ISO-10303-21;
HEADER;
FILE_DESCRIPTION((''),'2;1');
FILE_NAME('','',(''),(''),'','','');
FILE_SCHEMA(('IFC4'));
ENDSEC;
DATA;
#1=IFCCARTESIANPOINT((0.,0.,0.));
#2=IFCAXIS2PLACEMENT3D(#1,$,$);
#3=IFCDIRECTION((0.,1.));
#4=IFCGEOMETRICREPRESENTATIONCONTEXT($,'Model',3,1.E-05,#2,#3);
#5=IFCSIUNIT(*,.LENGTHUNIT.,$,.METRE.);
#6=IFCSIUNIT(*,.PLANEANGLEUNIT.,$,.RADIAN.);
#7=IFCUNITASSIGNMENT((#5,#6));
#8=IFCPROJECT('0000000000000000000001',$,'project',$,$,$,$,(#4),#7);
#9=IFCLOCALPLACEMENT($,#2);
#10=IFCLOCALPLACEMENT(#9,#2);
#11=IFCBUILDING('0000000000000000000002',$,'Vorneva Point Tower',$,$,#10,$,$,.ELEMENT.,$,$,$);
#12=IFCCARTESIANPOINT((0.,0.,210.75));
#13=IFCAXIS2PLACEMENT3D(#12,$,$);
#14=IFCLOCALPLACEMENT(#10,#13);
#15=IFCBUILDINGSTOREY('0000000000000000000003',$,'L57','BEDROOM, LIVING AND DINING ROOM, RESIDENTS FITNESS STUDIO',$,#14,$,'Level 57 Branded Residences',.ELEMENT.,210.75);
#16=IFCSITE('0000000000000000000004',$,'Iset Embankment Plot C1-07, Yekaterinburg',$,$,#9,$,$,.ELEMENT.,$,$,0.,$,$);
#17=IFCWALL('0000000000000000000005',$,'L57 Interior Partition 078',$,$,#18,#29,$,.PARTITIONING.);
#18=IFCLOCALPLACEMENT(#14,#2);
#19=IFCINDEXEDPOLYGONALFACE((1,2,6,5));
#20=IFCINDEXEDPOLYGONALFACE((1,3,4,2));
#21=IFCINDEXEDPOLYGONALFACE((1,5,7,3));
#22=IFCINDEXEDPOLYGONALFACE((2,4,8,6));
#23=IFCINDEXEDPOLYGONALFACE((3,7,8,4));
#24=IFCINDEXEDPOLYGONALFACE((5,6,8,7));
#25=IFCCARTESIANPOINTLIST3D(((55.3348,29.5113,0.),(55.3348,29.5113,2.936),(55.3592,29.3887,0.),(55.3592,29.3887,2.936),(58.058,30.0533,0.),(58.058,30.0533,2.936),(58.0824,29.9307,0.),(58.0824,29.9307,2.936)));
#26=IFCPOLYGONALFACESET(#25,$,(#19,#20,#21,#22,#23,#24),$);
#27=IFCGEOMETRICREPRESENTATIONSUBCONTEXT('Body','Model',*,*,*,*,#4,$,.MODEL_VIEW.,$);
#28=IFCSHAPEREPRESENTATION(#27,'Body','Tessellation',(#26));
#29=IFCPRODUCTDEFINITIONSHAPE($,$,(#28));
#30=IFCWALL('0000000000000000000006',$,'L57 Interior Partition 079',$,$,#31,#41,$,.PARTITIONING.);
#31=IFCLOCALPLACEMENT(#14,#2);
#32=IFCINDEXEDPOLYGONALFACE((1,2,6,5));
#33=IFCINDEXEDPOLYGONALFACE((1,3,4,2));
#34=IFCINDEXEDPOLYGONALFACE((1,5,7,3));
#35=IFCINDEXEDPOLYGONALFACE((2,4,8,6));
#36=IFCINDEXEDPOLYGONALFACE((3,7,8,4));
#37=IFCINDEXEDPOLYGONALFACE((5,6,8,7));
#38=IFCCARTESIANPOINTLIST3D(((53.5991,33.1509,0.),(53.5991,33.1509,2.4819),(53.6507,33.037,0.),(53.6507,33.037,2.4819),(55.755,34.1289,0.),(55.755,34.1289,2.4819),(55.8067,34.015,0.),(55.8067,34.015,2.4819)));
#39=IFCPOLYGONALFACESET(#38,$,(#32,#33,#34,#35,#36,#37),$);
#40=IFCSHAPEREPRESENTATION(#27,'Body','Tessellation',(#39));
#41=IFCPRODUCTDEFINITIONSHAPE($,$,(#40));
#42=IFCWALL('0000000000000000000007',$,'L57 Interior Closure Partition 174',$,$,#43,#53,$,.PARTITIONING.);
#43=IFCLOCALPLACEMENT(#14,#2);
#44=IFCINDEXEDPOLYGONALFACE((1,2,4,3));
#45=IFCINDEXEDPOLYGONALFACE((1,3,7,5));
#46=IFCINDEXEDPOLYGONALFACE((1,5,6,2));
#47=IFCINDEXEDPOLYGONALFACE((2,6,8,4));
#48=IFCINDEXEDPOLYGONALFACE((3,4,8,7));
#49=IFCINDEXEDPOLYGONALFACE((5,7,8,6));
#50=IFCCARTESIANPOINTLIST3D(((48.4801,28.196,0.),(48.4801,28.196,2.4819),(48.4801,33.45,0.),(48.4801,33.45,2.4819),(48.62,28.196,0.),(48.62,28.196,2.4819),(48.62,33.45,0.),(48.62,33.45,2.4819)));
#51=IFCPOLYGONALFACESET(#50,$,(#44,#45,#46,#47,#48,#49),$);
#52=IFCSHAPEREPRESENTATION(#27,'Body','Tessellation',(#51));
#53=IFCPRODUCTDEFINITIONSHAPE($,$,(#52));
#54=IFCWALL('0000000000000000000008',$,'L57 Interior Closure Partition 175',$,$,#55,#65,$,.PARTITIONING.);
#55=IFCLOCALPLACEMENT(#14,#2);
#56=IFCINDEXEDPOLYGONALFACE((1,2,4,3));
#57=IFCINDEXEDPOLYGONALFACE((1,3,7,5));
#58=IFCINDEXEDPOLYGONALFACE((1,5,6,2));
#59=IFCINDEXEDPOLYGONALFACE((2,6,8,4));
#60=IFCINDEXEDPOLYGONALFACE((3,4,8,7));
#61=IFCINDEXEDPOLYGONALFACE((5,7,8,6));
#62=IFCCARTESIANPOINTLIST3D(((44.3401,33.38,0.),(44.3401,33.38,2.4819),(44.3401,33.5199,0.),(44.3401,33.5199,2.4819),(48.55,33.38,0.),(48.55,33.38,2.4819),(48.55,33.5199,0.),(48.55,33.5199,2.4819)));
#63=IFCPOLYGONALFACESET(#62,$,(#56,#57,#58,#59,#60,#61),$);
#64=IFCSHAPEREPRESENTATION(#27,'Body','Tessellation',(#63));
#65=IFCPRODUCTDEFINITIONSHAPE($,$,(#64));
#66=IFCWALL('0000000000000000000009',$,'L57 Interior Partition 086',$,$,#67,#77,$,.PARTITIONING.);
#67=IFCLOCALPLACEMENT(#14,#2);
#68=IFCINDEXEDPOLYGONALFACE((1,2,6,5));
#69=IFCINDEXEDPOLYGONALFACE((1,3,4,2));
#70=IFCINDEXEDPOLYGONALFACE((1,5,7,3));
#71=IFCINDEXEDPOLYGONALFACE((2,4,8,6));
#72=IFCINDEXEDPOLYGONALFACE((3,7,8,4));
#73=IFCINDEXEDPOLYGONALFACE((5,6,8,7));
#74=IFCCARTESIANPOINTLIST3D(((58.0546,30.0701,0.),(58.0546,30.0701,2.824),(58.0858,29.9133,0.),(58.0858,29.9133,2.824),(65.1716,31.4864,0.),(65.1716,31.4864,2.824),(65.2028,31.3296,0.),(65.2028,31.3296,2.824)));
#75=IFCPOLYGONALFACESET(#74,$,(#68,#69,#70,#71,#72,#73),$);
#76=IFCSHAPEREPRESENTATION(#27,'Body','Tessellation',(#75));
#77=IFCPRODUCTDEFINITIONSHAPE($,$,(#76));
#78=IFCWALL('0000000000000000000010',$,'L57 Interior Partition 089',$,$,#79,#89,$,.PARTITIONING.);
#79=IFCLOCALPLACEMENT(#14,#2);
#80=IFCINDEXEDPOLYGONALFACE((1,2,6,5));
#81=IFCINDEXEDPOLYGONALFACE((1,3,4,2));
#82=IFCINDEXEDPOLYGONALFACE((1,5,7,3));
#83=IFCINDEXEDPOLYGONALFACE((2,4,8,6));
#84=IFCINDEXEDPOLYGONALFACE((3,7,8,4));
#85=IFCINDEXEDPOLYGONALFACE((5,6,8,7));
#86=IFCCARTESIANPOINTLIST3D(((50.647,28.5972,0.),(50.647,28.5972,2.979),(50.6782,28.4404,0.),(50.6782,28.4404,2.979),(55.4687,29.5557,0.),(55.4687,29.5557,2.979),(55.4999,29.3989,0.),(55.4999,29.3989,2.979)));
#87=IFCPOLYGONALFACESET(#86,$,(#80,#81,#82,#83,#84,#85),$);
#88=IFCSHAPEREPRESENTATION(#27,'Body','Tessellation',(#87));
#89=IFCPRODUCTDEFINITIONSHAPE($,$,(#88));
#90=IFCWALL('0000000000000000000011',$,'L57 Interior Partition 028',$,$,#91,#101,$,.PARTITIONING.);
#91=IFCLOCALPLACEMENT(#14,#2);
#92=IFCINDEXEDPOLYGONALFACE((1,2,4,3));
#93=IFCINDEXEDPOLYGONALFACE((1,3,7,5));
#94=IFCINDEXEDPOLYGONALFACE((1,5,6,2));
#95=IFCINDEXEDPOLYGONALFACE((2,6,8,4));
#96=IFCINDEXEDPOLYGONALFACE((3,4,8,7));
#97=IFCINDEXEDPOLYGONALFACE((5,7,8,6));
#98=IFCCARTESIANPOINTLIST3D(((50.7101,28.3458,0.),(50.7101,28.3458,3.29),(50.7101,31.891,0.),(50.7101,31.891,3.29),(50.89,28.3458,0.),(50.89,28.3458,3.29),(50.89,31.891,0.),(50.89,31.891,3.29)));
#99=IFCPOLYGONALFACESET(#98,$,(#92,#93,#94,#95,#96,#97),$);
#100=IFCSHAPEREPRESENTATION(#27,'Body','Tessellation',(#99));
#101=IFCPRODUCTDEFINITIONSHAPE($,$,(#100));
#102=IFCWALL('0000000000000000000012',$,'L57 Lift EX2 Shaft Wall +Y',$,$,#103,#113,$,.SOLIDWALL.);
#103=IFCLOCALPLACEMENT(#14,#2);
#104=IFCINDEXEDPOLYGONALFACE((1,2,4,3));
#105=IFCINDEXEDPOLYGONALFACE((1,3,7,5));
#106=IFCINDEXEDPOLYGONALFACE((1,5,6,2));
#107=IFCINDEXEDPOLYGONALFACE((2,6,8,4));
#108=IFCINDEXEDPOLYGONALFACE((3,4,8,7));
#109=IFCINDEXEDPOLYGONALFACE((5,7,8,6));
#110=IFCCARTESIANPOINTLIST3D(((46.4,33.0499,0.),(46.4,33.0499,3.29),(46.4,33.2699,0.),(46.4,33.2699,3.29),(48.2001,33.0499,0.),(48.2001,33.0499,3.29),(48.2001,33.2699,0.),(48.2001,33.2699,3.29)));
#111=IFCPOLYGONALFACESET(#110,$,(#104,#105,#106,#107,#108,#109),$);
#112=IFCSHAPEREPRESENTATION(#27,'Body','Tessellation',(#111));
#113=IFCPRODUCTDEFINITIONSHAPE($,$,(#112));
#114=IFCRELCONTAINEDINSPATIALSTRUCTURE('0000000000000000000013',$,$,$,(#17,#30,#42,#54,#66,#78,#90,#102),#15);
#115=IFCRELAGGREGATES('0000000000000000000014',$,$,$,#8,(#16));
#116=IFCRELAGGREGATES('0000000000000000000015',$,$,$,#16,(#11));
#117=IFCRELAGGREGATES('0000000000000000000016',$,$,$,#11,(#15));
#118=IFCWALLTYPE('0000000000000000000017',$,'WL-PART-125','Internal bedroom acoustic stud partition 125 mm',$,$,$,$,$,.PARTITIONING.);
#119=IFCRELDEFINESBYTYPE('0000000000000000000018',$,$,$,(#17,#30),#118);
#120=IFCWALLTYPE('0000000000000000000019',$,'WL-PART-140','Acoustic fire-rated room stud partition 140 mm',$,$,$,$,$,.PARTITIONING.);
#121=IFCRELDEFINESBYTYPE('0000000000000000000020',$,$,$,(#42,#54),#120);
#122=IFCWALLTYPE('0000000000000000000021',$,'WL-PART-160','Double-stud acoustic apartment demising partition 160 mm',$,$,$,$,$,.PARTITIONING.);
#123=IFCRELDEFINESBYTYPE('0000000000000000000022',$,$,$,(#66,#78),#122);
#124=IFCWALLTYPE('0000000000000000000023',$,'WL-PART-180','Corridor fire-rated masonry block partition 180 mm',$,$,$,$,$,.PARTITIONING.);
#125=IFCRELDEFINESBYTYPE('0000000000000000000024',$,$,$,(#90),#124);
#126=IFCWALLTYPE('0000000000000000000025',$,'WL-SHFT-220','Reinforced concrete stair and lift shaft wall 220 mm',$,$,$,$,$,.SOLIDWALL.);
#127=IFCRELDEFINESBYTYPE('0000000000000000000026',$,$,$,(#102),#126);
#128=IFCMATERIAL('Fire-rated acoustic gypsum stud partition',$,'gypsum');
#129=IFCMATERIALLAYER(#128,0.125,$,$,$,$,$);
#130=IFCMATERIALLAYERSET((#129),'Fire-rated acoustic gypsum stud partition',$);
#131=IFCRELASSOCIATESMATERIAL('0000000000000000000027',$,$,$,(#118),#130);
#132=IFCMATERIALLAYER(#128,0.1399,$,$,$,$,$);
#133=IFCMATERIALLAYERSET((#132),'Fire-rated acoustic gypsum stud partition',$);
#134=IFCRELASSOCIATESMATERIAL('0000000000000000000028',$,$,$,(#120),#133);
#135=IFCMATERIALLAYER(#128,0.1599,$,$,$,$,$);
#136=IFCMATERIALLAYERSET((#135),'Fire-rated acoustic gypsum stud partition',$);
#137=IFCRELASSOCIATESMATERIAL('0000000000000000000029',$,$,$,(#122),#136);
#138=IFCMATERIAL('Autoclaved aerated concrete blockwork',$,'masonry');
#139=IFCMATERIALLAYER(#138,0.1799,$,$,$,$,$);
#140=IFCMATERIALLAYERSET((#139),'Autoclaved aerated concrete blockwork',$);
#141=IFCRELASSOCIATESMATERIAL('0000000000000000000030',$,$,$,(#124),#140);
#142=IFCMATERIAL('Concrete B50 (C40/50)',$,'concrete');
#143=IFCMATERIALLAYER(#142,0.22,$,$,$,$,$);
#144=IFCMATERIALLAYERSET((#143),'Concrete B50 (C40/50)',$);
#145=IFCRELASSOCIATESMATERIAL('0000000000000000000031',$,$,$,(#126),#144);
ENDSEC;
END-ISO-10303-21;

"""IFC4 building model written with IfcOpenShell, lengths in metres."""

from ifc_helpers import new_model, si_unit, direction, frame, frame_2d, origin, place, context, subcontext, project, spatial, rectangle, extrude, material, layer, layer_set, type_object, element, save


model = new_model("IFC4")

# Units and contexts
model_context = context("Model", 3, precision=1e-05, world=origin(), true_north=direction((0.0, 1.0)))
body_context = subcontext(model_context, "Body", "Model", "MODEL_VIEW")
ifc_project = project(units=[si_unit("LENGTHUNIT", "METRE"), si_unit("PLANEANGLEUNIT", "RADIAN")], contexts=[model_context])

# Site, building, storey
site_placement = place(None, origin())
site = spatial("IfcSite", under=ifc_project, at=site_placement, Name="Iset Embankment Plot C1-07, Yekaterinburg", CompositionType="ELEMENT", RefElevation=0.0)
building_placement = place(site_placement, origin())
building = spatial("IfcBuilding", under=site, at=building_placement, Name="Vorneva Point Tower", CompositionType="ELEMENT")
storey_placement = place(building_placement, frame((0.0, 0.0, 210.75)))
storey = spatial("IfcBuildingStorey", under=building, at=storey_placement, Name="L57", Description="BEDROOM, LIVING AND DINING ROOM, RESIDENTS FITNESS STUDIO", LongName="Level 57 Branded Residences", CompositionType="ELEMENT", Elevation=210.75)

# Shared definitions
ifc_material_1 = material(Name="Concrete B50 (C40/50)", Category="concrete")

# Shared definitions
ifc_material_2 = material(Name="Fire-rated acoustic gypsum stud partition", Category="gypsum")

# Shared definitions
ifc_layer_1 = layer(ifc_material_2, 0.125)
ifc_layer_set_1 = layer_set([ifc_layer_1], Name="Fire-rated acoustic gypsum stud partition")
wall_type_1 = type_object("IfcWallType", Name="WL-PART-125", Description="Internal bedroom acoustic stud partition 125 mm", PredefinedType="PARTITIONING", material=ifc_layer_set_1)

# Walls
wall_1_placement = place(storey_placement, frame((58.0701, 29.9919, 0.0), z_axis=(0.0, 0.0, 1.0), x_axis=(-0.980763, -0.195203, 0.0)))
element("IfcWall", 1, at=wall_1_placement, inside=storey, type_object=wall_type_1, Name="L57 Interior Partition 078", PredefinedType="PARTITIONING", context=body_context, shape_type="SweptSolid", body=[
    extrude(rectangle(XDim=2.7766, YDim=0.125, at=frame_2d((1.3882, 0.0))), origin(), (0.0, 0.0, 1.0), 2.936),
])
wall_2_placement = place(storey_placement, frame((53.625, 33.094, 0.0), z_axis=(0.0, 0.0, 1.0), x_axis=(0.910681, 0.413111, 0.0)))
element("IfcWall", 2, at=wall_2_placement, inside=storey, type_object=wall_type_1, Name="L57 Interior Partition 079", PredefinedType="PARTITIONING", context=body_context, shape_type="SweptSolid", body=[
    extrude(rectangle(XDim=2.3674, YDim=0.125, at=frame_2d((1.1836, 0.0))), origin(), (0.0, 0.0, 1.0), 2.4819),
])
ifc_layer_2 = layer(ifc_material_2, 0.1399)
ifc_layer_set_2 = layer_set([ifc_layer_2], Name="Fire-rated acoustic gypsum stud partition")
wall_type_2 = type_object("IfcWallType", Name="WL-PART-140", Description="Acoustic fire-rated room stud partition 140 mm", PredefinedType="PARTITIONING", material=ifc_layer_set_2)
wall_3_placement = place(storey_placement, frame((48.55, 28.196, 0.0), z_axis=(0.0, 0.0, 1.0), x_axis=(0.0, 1.0, 0.0)))
element("IfcWall", 3, at=wall_3_placement, inside=storey, type_object=wall_type_2, Name="L57 Interior Closure Partition 174", PredefinedType="PARTITIONING", context=body_context, shape_type="SweptSolid", body=[
    extrude(rectangle(XDim=5.2539, YDim=0.1399, at=frame_2d((2.627, 0.0))), origin(), (0.0, 0.0, 1.0), 2.4819),
])
wall_4_placement = place(storey_placement, frame((48.55, 33.45, 0.0), z_axis=(0.0, 0.0, 1.0), x_axis=(-1.0, 0.0, 0.0)))
element("IfcWall", 4, at=wall_4_placement, inside=storey, type_object=wall_type_2, Name="L57 Interior Closure Partition 175", PredefinedType="PARTITIONING", context=body_context, shape_type="SweptSolid", body=[
    extrude(rectangle(XDim=4.21, YDim=0.1399, at=frame_2d((2.105, 0.0))), origin(), (0.0, 0.0, 1.0), 2.4819),
])
ifc_layer_3 = layer(ifc_material_2, 0.1599)
ifc_layer_set_3 = layer_set([ifc_layer_3], Name="Fire-rated acoustic gypsum stud partition")
wall_type_3 = type_object("IfcWallType", Name="WL-PART-160", Description="Double-stud acoustic apartment demising partition 160 mm", PredefinedType="PARTITIONING", material=ifc_layer_set_3)
wall_5_placement = place(storey_placement, frame((58.0701, 29.9917, 0.0), z_axis=(0.0, 0.0, 1.0), x_axis=(0.980769, 0.195171, 0.0)))
element("IfcWall", 5, at=wall_5_placement, inside=storey, type_object=wall_type_3, Name="L57 Interior Partition 086", PredefinedType="PARTITIONING", context=body_context, shape_type="SweptSolid", body=[
    extrude(rectangle(XDim=7.2566, YDim=0.1599, at=frame_2d((3.6284, 0.0))), origin(), (0.0, 0.0, 1.0), 2.824),
])
wall_6_placement = place(storey_placement, frame((50.6626, 28.5188, 0.0), z_axis=(0.0, 0.0, 1.0), x_axis=(0.980809, 0.19497, 0.0)))
element("IfcWall", 6, at=wall_6_placement, inside=storey, type_object=wall_type_3, Name="L57 Interior Partition 089", PredefinedType="PARTITIONING", context=body_context, shape_type="SweptSolid", body=[
    extrude(rectangle(XDim=4.916, YDim=0.1599, at=frame_2d((2.458, 0.0))), origin(), (0.0, 0.0, 1.0), 2.979),
])

# Shared definitions
ifc_material_3 = material(Name="Autoclaved aerated concrete blockwork", Category="masonry")
ifc_layer_4 = layer(ifc_material_3, 0.1799)
ifc_layer_set_4 = layer_set([ifc_layer_4], Name="Autoclaved aerated concrete blockwork")
wall_type_4 = type_object("IfcWallType", Name="WL-PART-180", Description="Corridor fire-rated masonry block partition 180 mm", PredefinedType="PARTITIONING", material=ifc_layer_set_4)

# Walls
wall_7_placement = place(storey_placement, frame((50.8, 28.3459, 0.0), z_axis=(0.0, 0.0, 1.0), x_axis=(0.0, 1.0, 0.0)))
element("IfcWall", 7, at=wall_7_placement, inside=storey, type_object=wall_type_4, Name="L57 Interior Partition 028", PredefinedType="PARTITIONING", context=body_context, shape_type="SweptSolid", body=[
    extrude(rectangle(XDim=3.5452, YDim=0.1799, at=frame_2d((1.7725, 0.0))), origin(), (0.0, 0.0, 1.0), 3.29),
])
ifc_layer_5 = layer(ifc_material_1, 0.22)
ifc_layer_set_5 = layer_set([ifc_layer_5], Name="Concrete B50 (C40/50)")
wall_type_5 = type_object("IfcWallType", Name="WL-SHFT-220", Description="Reinforced concrete stair and lift shaft wall 220 mm", PredefinedType="SOLIDWALL", material=ifc_layer_set_5)
wall_8_placement = place(storey_placement, frame((48.2, 33.1599, 0.0), z_axis=(0.0, 0.0, 1.0), x_axis=(-1.0, 0.0, 0.0)))
element("IfcWall", 8, at=wall_8_placement, inside=storey, type_object=wall_type_5, Name="L57 Lift EX2 Shaft Wall +Y", PredefinedType="SOLIDWALL", context=body_context, shape_type="SweptSolid", body=[
    extrude(rectangle(XDim=1.8, YDim=0.22, at=frame_2d((0.8999, 0.0))), origin(), (0.0, 0.0, 1.0), 3.29),
])

save(model, "model.ifc")
